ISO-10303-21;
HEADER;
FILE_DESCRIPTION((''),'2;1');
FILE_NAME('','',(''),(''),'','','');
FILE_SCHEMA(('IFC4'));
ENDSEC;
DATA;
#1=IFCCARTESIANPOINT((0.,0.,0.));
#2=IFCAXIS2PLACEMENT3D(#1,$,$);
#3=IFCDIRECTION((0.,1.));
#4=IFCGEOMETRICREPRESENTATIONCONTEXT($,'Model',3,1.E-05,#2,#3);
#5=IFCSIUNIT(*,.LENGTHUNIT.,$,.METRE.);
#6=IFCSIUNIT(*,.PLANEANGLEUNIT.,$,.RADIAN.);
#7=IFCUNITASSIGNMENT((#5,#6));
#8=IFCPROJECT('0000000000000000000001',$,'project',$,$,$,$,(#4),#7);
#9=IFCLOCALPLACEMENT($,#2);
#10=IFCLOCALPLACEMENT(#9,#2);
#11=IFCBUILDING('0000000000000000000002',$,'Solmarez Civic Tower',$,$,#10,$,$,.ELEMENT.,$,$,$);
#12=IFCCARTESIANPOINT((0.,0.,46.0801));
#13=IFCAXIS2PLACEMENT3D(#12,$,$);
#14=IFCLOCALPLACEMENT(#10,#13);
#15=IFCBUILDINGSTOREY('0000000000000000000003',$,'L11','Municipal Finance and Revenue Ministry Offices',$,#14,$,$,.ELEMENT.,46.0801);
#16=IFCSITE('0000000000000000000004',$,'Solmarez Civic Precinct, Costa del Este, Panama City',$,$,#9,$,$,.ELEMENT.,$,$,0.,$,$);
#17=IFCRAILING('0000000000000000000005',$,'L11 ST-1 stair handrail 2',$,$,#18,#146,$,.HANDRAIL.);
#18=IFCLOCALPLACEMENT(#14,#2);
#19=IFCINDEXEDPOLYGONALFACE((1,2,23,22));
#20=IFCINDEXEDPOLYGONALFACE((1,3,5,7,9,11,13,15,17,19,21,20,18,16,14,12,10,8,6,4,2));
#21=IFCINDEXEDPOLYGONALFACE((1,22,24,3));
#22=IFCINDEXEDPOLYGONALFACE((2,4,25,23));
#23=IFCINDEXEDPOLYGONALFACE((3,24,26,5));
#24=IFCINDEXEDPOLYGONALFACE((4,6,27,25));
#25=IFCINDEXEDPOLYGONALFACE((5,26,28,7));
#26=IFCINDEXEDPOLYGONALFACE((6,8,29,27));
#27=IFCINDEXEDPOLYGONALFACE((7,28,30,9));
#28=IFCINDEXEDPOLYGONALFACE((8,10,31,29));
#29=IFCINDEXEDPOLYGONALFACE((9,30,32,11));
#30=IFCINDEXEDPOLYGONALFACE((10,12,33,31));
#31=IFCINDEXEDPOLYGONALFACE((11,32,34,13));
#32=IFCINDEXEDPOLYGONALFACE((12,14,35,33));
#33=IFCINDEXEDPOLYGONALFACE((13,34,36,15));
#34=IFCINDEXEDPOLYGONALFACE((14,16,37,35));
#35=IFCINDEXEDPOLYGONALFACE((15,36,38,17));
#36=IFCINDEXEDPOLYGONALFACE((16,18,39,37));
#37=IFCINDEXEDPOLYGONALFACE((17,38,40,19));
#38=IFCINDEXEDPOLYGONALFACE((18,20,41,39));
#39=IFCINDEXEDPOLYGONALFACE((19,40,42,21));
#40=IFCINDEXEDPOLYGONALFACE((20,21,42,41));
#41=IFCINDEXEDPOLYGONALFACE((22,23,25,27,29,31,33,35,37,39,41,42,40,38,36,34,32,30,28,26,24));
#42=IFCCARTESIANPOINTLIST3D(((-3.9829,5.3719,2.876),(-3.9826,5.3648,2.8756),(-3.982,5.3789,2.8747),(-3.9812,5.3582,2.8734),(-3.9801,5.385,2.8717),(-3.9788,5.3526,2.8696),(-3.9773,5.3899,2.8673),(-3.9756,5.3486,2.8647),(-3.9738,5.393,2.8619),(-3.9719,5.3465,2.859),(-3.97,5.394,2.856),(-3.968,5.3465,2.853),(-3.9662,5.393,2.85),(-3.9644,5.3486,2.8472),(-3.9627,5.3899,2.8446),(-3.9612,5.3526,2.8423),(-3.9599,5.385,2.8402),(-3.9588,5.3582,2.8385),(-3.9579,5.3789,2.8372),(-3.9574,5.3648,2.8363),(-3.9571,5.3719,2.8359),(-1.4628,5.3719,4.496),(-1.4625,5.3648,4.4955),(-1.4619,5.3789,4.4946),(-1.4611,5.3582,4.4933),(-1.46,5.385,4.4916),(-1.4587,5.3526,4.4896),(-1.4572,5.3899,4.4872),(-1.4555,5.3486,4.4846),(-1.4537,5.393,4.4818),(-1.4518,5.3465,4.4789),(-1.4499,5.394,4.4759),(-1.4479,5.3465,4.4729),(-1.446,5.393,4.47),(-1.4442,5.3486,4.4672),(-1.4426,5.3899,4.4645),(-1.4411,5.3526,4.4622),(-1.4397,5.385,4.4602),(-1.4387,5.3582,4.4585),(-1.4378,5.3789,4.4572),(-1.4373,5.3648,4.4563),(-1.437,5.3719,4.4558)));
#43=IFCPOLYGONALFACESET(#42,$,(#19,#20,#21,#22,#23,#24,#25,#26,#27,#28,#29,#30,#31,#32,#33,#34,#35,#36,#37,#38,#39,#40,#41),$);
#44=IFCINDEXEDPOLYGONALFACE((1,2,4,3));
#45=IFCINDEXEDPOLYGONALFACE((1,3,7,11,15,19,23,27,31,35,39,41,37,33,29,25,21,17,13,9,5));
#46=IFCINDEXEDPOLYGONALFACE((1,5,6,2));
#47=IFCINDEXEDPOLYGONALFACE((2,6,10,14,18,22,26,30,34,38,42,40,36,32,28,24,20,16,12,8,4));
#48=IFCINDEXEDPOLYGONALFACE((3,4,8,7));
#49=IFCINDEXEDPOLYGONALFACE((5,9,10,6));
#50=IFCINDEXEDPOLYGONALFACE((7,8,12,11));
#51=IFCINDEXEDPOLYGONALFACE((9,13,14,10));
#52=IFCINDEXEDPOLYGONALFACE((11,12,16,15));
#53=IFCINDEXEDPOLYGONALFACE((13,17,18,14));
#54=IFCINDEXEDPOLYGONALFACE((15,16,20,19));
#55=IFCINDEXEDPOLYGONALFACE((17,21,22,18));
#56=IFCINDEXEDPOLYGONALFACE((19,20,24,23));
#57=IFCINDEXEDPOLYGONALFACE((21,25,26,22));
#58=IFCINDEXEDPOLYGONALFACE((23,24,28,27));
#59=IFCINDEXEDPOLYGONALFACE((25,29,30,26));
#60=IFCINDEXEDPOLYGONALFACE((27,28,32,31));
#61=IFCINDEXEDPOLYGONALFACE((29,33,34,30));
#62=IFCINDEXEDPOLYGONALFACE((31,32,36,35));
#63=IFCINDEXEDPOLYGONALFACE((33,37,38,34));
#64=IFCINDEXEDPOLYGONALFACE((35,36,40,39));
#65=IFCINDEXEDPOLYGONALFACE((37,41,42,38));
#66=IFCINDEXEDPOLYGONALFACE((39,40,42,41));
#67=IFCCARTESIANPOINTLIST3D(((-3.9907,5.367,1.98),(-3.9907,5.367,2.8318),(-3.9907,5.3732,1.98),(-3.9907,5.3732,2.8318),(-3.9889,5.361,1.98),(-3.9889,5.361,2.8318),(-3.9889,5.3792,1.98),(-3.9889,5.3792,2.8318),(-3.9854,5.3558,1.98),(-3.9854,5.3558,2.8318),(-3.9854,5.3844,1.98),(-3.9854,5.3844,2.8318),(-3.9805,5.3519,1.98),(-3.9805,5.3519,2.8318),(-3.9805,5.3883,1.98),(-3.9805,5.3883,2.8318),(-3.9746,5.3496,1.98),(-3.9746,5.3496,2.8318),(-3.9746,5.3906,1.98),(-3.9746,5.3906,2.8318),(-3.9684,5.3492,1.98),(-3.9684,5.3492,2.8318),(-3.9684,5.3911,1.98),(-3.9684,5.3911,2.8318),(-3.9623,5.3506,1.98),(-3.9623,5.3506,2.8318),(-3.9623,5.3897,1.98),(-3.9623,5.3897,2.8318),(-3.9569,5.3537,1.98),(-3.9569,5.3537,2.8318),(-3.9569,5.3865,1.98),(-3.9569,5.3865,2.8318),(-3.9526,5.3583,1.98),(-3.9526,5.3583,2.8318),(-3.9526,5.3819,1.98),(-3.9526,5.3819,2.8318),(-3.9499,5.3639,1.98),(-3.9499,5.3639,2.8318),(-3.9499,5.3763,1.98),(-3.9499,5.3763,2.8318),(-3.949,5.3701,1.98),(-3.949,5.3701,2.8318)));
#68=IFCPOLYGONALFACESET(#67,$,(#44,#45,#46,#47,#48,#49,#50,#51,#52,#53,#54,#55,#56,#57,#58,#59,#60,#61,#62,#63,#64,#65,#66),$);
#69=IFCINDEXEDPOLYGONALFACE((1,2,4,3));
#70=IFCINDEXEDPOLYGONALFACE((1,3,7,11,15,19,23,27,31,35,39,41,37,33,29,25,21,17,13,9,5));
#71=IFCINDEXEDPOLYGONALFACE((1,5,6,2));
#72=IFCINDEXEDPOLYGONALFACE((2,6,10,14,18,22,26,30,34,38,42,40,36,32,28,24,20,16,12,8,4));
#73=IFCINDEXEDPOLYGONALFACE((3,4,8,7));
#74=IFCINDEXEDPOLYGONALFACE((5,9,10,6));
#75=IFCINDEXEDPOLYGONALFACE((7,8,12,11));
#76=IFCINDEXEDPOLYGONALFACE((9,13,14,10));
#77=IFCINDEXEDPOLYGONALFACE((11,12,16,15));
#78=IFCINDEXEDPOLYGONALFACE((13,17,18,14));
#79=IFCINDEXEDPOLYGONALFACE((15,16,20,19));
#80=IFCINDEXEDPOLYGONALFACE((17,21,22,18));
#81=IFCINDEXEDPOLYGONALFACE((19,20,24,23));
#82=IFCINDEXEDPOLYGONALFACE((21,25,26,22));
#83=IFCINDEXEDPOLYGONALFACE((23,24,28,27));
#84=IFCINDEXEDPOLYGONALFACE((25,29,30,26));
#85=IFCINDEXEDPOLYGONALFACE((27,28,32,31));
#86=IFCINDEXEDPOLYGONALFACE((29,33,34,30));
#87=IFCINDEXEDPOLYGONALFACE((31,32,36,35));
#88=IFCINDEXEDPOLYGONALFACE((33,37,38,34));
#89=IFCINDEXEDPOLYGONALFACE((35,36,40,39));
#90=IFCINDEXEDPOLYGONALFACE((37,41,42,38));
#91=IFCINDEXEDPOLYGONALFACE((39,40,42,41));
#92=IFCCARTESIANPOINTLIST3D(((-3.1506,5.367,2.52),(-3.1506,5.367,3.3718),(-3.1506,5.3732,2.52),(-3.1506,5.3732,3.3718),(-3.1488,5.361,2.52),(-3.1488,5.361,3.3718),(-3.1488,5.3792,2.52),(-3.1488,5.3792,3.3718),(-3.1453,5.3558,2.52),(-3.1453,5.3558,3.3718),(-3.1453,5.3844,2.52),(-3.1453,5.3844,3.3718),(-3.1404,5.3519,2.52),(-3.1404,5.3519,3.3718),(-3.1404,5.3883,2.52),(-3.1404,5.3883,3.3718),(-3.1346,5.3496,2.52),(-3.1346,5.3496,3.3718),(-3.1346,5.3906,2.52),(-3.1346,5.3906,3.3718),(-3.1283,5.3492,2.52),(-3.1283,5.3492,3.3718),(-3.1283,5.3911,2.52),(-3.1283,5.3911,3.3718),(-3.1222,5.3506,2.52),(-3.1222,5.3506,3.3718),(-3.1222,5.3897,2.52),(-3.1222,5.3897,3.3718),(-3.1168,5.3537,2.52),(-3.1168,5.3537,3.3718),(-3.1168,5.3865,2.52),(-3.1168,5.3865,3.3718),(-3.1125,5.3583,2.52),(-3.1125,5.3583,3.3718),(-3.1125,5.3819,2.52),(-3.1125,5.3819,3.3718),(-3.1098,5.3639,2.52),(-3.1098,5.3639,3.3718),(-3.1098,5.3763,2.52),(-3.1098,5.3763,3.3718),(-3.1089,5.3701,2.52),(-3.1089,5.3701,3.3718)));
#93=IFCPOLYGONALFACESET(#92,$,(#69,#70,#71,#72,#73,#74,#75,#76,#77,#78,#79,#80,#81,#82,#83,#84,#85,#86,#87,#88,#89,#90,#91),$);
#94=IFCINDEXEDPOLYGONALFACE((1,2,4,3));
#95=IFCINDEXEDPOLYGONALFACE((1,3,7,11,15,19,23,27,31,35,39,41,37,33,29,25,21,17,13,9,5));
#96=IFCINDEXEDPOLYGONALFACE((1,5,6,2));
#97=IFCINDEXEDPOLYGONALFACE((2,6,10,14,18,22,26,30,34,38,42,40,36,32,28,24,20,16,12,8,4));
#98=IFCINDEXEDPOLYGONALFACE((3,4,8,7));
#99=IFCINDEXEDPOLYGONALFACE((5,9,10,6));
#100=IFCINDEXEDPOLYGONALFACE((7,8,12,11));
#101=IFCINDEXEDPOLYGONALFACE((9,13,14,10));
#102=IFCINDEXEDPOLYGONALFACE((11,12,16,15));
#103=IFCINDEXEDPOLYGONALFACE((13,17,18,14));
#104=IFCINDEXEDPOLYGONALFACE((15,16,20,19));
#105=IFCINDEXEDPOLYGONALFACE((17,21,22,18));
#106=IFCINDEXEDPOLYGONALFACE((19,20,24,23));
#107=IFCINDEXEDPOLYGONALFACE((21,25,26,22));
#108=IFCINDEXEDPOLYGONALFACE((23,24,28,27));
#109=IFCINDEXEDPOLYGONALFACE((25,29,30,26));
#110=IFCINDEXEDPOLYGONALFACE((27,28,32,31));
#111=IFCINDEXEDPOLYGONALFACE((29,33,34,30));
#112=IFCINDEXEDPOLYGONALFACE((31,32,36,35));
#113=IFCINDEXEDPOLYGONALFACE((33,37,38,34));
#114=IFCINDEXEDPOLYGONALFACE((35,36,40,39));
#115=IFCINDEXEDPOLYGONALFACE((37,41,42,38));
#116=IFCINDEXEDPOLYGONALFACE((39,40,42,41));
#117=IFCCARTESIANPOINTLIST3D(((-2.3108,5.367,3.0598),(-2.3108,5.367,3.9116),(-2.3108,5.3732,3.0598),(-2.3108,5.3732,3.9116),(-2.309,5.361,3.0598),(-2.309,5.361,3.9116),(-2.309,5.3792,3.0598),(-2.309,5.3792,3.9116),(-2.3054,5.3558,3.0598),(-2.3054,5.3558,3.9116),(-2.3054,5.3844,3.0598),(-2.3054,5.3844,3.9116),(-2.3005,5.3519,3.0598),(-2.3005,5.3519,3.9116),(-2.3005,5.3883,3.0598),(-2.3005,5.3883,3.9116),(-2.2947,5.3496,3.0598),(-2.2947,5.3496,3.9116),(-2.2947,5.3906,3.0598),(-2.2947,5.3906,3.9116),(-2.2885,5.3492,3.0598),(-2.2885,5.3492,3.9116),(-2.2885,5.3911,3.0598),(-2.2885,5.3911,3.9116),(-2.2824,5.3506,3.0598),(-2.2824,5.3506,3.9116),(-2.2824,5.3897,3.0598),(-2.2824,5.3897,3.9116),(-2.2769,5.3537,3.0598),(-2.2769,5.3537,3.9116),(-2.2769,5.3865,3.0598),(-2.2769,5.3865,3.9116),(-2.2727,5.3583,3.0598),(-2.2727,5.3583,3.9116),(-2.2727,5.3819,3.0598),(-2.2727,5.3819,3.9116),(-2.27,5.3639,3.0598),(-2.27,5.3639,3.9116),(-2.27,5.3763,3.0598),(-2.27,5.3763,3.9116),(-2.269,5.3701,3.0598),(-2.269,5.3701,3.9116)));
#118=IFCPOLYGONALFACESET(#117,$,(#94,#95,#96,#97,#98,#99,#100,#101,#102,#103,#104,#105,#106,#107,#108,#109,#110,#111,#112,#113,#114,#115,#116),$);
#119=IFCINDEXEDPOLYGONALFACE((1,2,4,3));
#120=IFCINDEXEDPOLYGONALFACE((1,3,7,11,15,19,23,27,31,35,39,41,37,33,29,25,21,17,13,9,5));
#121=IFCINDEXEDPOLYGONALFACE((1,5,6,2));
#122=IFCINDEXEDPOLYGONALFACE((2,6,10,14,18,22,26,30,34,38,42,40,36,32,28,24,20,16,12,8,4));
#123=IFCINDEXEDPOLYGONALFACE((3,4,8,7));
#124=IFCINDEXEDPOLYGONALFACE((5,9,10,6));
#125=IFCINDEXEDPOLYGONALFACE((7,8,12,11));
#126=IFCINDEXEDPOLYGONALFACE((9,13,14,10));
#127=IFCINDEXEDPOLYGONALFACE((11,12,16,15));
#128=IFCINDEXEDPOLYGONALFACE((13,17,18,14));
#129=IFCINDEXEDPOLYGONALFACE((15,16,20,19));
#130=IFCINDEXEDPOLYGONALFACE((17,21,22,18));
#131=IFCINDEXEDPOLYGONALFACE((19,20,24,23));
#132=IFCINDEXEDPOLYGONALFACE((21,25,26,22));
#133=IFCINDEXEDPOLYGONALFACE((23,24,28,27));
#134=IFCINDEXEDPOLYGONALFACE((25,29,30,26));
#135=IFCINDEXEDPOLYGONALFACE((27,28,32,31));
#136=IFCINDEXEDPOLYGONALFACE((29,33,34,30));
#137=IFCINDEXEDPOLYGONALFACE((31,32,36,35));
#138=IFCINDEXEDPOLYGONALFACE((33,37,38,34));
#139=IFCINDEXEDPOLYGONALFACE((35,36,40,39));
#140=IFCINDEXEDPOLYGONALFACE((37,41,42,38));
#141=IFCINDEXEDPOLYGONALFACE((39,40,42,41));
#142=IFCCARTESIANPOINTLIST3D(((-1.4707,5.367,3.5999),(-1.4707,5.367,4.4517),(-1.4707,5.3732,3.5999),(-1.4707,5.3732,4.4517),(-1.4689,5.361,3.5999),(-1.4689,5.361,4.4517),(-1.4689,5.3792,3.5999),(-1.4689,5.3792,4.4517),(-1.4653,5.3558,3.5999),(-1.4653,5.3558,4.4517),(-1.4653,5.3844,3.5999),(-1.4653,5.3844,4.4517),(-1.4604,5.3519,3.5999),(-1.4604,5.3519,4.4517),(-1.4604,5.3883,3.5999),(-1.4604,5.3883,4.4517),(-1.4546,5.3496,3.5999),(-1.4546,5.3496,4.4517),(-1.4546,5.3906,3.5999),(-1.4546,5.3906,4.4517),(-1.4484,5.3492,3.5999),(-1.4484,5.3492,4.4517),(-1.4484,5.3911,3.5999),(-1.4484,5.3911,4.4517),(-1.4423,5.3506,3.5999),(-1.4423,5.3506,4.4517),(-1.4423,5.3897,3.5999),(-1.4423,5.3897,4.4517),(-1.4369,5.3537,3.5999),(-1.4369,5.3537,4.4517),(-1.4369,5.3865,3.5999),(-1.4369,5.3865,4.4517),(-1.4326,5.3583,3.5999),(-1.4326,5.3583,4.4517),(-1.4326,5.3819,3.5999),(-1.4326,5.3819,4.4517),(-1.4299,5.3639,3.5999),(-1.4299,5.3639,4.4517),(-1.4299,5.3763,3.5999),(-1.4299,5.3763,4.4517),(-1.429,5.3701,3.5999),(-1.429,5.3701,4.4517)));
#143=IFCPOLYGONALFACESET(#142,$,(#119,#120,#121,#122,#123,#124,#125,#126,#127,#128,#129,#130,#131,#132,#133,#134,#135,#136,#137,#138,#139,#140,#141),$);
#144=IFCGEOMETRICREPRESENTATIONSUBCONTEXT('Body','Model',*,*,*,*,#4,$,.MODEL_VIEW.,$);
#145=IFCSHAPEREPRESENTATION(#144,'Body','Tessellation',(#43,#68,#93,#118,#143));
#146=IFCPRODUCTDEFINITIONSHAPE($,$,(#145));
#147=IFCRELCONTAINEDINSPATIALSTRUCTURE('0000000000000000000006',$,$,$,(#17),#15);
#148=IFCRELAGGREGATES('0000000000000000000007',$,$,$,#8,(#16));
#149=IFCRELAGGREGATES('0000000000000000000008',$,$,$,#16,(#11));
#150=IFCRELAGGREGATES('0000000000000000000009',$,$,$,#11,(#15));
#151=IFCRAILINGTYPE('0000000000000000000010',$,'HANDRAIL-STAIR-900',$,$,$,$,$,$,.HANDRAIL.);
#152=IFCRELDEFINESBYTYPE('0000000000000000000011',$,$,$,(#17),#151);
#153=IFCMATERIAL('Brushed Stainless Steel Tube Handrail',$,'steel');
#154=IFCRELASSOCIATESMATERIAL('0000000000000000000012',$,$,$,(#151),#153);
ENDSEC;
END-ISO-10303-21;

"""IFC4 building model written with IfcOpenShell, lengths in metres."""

from ifc_helpers import new_model, si_unit, direction, frame, origin, origin_2d, place, context, subcontext, project, spatial, circle, extrude, material, type_object, element, save


model = new_model("IFC4")

# Units and contexts
model_context = context("Model", 3, precision=1e-05, world=origin(), true_north=direction((0.0, 1.0)))
body_context = subcontext(model_context, "Body", "Model", "MODEL_VIEW")
ifc_project = project(units=[si_unit("LENGTHUNIT", "METRE"), si_unit("PLANEANGLEUNIT", "RADIAN")], contexts=[model_context])

# Site, building, storey
site_placement = place(None, origin())
site = spatial("IfcSite", under=ifc_project, at=site_placement, Name="Solmarez Civic Precinct, Costa del Este, Panama City", CompositionType="ELEMENT", RefElevation=0.0)
building_placement = place(site_placement, origin())
building = spatial("IfcBuilding", under=site, at=building_placement, Name="Solmarez Civic Tower", CompositionType="ELEMENT")
storey_placement = place(building_placement, frame((0.0, 0.0, 46.0801)))
storey = spatial("IfcBuildingStorey", under=building, at=storey_placement, Name="L11", Description="Municipal Finance and Revenue Ministry Offices", CompositionType="ELEMENT", Elevation=46.0801)

# Railing
ifc_material_1 = material(Name="Brushed Stainless Steel Tube Handrail", Category="steel")
railing_type_1 = type_object("IfcRailingType", Name="HANDRAIL-STAIR-900", PredefinedType="HANDRAIL", material=ifc_material_1)
railing_1_placement = place(storey_placement, frame((-3.97, 5.3701, 1.98)))
element("IfcRailing", 1, at=railing_1_placement, inside=storey, type_object=railing_type_1, Name="L11 ST-1 stair handrail 2", PredefinedType="HANDRAIL", context=body_context, shape_type="SweptSolid", body=[
    extrude(circle(Radius=0.0239, at=origin_2d()), frame((0.0, 0.0, 0.876), z_axis=(0.8412, 0.0, 0.540725), x_axis=(0.0, 1.0, 0.0)), (0.0, 0.0, 1.0), 2.9958),
    extrude(circle(Radius=0.021, at=origin_2d()), origin(), (0.0, 0.0, 1.0), 0.8518),
    extrude(circle(Radius=0.021, at=origin_2d()), frame((0.8401, 0.0, 0.54)), (0.0, 0.0, 1.0), 0.8518),
    extrude(circle(Radius=0.021, at=origin_2d()), frame((1.6799, 0.0, 1.0798)), (0.0, 0.0, 1.0), 0.8518),
    extrude(circle(Radius=0.021, at=origin_2d()), frame((2.52, 0.0, 1.6199)), (0.0, 0.0, 1.0), 0.8518),
])

save(model, "model.ifc")
